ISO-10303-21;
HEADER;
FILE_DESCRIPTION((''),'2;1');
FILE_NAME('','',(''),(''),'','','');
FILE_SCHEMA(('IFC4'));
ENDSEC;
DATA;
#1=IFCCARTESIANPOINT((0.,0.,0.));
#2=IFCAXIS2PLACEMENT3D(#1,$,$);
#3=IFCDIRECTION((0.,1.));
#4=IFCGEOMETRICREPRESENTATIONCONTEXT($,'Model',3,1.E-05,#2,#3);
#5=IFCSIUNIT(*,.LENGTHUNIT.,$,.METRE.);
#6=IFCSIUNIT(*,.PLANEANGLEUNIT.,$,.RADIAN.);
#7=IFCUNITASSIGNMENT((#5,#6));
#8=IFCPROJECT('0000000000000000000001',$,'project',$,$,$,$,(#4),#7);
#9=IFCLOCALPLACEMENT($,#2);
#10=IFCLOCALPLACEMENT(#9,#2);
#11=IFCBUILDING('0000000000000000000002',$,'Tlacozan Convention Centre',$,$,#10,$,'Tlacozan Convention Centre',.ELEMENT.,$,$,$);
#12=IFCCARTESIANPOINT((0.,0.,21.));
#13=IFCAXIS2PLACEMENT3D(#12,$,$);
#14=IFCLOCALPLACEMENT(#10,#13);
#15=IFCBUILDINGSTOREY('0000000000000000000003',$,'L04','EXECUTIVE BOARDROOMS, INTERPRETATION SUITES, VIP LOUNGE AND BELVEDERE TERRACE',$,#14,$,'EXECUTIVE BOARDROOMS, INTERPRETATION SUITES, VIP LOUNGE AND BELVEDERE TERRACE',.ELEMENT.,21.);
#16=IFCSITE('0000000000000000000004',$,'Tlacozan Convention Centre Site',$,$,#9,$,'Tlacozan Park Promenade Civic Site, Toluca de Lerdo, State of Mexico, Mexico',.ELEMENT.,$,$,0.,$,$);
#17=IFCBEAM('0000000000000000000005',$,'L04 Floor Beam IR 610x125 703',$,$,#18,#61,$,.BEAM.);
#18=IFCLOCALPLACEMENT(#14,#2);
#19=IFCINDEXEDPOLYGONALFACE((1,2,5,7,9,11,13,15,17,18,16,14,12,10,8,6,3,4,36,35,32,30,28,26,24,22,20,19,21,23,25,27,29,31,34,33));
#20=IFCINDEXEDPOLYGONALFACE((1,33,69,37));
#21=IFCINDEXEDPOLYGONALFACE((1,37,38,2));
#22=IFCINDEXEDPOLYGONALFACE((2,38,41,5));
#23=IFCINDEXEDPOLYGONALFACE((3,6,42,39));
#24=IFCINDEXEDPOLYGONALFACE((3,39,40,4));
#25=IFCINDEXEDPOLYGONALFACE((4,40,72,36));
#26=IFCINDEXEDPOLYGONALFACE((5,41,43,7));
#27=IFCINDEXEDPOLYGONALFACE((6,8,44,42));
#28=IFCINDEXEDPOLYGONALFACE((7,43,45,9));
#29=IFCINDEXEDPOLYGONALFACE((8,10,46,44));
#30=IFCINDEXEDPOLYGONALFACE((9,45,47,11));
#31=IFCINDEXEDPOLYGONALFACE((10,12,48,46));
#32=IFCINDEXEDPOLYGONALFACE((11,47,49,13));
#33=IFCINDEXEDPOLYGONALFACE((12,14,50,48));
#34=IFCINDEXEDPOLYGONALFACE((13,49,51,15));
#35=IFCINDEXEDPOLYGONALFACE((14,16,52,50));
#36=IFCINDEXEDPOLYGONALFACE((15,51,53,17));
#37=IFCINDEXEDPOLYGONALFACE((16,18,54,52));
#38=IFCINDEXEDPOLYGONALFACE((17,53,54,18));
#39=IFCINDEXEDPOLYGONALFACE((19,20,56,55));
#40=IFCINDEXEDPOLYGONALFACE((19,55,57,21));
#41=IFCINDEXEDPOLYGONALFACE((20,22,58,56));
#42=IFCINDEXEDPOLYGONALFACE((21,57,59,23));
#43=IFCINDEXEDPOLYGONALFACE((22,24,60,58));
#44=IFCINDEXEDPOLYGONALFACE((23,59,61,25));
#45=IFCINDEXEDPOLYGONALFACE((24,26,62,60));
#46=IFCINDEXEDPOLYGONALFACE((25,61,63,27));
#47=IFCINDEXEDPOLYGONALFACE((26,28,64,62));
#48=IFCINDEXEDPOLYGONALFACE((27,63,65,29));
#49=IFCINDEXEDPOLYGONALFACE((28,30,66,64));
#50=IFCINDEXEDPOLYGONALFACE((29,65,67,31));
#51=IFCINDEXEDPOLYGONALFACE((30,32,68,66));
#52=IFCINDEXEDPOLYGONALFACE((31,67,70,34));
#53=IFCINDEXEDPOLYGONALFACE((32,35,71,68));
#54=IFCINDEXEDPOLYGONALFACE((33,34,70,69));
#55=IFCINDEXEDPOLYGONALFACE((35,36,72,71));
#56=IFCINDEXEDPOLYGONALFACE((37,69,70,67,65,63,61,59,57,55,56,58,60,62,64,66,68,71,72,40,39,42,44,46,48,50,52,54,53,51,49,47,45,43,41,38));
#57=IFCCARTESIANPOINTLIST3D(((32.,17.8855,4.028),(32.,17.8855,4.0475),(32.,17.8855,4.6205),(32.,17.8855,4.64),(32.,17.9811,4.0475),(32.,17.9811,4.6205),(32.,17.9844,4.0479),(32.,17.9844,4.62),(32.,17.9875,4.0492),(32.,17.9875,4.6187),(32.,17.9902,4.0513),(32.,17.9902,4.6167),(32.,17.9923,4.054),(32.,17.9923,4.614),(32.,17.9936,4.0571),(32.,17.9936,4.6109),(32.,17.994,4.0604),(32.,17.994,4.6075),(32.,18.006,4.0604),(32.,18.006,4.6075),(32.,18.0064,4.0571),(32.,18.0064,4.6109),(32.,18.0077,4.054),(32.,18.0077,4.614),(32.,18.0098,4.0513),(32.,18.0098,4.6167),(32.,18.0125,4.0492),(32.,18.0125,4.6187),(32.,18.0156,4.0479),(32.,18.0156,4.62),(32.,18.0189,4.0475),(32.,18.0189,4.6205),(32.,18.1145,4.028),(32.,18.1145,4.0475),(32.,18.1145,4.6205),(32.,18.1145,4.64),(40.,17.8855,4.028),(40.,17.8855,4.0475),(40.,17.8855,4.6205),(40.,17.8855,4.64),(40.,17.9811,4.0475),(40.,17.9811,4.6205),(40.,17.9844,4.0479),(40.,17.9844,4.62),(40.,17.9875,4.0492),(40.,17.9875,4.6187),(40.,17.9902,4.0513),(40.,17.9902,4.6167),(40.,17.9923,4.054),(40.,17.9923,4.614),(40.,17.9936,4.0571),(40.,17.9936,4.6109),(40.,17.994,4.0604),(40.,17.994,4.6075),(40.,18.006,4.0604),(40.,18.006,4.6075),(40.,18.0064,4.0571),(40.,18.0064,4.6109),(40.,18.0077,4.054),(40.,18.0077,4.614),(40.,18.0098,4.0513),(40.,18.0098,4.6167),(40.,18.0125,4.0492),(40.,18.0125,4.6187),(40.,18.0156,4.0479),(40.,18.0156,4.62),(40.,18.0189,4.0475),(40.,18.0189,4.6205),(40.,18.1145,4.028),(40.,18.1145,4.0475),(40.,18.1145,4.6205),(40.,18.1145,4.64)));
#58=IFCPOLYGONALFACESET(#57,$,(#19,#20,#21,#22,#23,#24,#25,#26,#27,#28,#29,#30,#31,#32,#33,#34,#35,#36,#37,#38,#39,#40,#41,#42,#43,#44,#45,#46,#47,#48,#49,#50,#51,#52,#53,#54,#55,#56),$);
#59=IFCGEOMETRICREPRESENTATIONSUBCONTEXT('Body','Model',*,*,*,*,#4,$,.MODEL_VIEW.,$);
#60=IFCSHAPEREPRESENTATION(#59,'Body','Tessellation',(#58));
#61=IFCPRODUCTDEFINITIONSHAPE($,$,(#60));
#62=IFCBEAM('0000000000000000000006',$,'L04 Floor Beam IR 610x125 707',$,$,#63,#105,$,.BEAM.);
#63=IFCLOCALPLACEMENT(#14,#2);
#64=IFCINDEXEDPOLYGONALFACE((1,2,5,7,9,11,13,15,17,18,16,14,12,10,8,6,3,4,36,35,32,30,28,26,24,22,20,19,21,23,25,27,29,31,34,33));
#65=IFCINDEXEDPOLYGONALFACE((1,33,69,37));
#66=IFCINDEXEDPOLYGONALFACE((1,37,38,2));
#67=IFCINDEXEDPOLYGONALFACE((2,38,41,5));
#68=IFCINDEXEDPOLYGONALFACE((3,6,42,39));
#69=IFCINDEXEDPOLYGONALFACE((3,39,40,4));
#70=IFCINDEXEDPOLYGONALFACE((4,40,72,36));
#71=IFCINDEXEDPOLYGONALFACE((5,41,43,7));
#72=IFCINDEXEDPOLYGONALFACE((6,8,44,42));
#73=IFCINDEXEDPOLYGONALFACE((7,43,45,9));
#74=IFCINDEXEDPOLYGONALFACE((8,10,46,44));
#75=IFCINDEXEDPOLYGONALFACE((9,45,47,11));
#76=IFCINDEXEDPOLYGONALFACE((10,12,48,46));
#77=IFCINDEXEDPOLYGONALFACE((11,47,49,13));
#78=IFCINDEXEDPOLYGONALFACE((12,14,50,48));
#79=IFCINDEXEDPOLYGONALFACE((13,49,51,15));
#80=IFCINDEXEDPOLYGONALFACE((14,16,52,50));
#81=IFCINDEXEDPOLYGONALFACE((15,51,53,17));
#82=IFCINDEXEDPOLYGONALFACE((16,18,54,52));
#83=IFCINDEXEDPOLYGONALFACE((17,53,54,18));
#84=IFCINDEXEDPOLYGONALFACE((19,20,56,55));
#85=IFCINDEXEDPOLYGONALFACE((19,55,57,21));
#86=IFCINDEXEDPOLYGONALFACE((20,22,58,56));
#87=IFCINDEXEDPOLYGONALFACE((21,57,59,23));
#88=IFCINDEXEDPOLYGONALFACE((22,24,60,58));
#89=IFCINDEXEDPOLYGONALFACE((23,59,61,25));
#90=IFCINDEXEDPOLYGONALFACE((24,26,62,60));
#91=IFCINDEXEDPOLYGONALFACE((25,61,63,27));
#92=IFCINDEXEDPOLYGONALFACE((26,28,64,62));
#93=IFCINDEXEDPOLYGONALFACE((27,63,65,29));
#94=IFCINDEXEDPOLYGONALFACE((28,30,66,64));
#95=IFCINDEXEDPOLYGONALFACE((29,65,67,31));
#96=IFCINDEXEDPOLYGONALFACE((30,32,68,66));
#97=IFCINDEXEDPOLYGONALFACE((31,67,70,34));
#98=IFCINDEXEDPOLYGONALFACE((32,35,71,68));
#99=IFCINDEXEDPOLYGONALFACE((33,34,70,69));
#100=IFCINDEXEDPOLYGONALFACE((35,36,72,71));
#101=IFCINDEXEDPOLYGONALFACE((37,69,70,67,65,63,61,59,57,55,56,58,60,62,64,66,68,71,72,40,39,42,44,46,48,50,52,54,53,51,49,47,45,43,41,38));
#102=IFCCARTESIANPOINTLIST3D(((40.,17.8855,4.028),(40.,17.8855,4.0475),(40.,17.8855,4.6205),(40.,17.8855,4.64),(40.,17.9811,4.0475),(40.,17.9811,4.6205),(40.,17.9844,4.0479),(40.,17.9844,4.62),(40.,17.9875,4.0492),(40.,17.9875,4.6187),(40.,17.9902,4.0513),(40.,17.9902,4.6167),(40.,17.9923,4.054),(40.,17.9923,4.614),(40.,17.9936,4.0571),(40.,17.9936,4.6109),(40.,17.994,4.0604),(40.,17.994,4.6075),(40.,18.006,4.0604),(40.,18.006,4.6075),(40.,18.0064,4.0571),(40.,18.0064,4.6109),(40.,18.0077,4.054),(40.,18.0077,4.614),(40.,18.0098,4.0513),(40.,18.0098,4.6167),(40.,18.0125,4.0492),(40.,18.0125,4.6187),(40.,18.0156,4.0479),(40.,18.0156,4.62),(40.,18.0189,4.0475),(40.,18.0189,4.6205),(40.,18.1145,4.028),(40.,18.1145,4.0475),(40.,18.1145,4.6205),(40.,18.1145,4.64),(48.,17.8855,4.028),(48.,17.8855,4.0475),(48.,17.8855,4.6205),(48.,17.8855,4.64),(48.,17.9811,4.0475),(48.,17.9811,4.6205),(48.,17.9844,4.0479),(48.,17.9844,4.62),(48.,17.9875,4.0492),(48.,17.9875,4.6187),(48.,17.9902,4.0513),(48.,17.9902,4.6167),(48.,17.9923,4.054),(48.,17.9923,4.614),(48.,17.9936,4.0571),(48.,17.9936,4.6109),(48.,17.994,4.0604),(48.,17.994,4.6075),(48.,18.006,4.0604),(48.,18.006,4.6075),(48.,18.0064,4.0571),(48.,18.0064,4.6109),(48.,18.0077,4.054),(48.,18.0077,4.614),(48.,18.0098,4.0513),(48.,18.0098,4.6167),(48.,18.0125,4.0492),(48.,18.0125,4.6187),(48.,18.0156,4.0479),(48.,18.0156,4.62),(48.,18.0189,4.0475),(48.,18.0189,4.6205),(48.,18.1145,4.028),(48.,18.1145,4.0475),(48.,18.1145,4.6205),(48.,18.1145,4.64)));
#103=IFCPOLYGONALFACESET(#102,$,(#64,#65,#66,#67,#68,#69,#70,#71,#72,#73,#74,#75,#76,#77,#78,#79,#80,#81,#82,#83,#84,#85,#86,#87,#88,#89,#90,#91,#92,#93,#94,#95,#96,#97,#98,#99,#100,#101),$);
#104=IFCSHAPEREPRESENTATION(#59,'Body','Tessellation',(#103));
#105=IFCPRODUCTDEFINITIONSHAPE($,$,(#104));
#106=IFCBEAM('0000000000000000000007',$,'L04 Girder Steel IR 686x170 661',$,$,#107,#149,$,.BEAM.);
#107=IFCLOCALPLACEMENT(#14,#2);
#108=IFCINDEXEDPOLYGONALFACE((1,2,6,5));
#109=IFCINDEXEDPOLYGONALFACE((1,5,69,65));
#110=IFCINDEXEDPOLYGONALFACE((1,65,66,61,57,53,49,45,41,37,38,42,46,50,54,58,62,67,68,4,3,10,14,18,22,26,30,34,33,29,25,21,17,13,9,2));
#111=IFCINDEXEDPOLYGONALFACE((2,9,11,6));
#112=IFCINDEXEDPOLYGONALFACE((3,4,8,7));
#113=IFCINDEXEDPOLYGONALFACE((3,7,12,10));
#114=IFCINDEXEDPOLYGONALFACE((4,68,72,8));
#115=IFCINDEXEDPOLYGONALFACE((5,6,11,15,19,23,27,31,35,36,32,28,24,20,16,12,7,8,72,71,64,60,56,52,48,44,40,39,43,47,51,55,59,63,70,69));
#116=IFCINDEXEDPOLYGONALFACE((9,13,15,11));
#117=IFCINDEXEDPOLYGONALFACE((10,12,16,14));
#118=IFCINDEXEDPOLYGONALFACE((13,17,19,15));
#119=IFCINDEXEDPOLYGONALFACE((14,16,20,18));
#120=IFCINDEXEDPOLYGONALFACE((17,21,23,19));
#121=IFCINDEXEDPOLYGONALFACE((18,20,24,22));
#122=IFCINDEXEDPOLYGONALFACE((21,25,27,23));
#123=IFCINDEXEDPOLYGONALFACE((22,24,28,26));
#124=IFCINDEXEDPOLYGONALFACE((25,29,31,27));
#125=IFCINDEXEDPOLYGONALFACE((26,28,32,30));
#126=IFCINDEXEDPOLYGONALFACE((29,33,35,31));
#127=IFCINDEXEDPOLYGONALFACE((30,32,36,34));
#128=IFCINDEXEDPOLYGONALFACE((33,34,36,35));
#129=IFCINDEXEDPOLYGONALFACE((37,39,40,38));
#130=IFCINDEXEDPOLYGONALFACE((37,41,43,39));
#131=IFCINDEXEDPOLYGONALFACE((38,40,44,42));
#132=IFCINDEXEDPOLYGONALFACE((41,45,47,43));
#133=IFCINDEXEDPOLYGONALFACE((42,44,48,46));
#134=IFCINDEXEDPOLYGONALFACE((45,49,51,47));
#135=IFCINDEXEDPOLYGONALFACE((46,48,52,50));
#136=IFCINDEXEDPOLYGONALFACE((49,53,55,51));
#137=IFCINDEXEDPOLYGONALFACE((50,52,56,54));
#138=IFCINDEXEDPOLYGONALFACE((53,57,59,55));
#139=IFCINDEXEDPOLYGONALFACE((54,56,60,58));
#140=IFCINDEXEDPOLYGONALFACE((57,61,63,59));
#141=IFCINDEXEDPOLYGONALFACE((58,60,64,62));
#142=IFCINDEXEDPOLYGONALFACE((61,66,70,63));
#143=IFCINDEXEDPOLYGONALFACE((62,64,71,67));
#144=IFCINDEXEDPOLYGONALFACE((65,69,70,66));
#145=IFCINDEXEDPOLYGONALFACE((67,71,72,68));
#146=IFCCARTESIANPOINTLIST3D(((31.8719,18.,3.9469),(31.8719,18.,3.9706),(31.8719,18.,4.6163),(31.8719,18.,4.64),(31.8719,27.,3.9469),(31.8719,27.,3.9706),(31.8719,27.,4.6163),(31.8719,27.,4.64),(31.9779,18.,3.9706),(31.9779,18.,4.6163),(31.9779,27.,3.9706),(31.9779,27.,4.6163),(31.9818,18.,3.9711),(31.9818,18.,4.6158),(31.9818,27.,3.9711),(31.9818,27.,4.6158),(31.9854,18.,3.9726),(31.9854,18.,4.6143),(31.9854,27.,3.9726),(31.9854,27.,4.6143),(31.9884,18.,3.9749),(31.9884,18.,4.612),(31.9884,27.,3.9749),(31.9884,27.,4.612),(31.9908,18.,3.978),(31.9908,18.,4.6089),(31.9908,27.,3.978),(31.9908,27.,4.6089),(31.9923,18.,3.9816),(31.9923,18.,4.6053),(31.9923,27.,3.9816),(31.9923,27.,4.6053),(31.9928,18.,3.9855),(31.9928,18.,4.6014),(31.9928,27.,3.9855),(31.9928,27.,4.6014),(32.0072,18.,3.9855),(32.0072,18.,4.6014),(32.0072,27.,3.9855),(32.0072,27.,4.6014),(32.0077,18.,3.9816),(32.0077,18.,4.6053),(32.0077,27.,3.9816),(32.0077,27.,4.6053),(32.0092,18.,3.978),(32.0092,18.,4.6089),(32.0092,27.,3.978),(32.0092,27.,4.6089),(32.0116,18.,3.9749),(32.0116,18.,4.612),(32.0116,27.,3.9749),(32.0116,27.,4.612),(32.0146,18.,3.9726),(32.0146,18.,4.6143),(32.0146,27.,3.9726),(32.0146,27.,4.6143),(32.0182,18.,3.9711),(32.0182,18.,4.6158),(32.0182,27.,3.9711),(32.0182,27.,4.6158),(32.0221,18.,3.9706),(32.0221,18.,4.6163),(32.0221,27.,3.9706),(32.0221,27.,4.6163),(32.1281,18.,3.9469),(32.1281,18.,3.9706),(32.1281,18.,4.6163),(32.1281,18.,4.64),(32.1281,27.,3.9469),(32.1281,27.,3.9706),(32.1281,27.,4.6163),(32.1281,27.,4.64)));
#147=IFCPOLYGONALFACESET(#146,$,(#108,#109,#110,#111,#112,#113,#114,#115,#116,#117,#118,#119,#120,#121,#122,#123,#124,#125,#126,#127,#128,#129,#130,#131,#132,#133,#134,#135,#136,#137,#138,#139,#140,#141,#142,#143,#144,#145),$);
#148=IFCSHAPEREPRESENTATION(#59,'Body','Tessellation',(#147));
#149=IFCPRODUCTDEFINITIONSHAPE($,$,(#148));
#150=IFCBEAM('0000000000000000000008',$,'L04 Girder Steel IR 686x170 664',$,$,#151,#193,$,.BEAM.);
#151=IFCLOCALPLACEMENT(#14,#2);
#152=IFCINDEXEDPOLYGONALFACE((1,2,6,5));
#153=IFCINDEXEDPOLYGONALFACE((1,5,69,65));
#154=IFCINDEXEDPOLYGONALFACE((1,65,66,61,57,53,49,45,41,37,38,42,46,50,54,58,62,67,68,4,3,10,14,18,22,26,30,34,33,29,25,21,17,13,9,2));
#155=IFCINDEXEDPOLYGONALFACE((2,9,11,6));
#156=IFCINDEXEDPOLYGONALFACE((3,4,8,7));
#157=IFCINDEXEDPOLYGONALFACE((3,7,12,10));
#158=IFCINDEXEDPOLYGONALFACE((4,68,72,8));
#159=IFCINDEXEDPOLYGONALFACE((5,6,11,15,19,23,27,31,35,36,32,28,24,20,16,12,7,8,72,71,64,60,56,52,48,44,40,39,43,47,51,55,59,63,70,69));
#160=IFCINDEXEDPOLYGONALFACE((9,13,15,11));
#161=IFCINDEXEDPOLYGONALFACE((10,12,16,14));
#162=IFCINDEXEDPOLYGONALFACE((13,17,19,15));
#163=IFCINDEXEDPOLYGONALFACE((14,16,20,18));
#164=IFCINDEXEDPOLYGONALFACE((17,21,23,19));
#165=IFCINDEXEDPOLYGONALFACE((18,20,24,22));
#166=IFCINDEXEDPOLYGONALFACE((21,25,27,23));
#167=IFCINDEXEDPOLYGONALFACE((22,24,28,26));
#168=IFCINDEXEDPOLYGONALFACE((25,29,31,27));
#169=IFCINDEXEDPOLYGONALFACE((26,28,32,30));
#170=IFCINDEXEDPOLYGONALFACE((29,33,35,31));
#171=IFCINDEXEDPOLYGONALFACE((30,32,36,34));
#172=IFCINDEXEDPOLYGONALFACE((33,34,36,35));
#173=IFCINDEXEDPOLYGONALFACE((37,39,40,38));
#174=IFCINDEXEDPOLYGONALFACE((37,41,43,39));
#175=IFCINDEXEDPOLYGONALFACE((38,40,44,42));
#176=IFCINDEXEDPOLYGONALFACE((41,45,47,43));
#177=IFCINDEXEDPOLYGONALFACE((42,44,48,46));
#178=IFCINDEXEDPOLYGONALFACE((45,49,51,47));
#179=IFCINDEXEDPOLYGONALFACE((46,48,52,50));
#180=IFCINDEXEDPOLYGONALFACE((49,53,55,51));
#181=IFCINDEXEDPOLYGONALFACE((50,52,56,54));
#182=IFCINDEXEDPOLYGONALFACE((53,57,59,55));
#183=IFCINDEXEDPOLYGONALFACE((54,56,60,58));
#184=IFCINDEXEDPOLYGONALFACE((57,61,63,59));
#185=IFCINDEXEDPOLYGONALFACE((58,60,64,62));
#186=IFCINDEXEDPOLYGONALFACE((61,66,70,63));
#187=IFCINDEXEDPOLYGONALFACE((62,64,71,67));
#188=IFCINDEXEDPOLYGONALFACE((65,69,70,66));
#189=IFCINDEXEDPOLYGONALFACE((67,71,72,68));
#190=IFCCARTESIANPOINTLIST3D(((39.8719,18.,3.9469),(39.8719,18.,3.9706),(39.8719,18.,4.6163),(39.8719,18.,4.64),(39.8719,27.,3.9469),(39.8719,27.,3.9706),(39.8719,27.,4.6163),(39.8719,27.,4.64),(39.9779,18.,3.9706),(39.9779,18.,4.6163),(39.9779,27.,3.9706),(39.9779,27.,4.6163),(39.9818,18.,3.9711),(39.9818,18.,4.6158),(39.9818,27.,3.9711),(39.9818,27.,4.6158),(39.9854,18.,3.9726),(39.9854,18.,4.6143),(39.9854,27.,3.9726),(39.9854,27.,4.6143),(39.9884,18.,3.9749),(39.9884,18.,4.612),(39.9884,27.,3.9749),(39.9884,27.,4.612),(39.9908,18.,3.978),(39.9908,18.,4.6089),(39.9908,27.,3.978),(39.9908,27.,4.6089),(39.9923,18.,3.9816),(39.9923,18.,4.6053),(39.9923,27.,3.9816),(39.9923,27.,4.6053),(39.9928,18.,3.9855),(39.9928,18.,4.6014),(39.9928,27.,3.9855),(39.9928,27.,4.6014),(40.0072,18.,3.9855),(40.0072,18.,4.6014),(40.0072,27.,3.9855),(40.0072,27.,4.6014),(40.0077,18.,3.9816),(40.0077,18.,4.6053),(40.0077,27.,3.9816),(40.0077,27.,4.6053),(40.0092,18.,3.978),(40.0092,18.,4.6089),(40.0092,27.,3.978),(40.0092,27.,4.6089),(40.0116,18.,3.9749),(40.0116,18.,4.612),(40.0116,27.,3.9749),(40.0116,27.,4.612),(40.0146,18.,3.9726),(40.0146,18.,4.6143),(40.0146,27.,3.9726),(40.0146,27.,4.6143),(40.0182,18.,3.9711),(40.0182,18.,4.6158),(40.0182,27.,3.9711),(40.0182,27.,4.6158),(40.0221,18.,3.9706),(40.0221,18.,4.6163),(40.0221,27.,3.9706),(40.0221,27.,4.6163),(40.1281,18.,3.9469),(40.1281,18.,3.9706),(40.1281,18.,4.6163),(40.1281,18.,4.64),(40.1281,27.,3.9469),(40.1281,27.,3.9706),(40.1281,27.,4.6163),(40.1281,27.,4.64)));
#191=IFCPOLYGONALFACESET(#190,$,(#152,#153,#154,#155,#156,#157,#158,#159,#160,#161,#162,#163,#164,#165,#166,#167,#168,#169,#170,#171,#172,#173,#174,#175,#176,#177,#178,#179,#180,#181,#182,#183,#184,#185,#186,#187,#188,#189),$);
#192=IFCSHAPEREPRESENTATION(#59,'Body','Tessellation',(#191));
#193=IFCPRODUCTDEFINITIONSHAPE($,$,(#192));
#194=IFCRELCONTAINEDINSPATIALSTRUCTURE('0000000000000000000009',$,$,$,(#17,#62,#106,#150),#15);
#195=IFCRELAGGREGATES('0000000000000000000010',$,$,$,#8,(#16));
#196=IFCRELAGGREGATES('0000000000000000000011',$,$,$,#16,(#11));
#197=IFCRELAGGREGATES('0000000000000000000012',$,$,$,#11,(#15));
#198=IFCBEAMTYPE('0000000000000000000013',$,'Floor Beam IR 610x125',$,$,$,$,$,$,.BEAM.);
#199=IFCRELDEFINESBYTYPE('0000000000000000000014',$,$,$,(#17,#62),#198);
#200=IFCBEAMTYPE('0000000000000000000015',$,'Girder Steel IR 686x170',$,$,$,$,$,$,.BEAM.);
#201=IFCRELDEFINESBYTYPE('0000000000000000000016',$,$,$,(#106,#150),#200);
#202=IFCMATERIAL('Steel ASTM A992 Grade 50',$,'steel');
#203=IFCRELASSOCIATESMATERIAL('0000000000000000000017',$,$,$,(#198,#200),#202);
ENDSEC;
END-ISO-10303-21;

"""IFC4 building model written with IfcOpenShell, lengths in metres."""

from ifc_helpers import new_model, si_unit, direction, frame, origin, origin_2d, place, context, subcontext, project, spatial, i_section, extrude, material, material_profile, profile_set, type_object, element, save


model = new_model("IFC4")

# Units and contexts
model_context = context("Model", 3, precision=1e-05, world=origin(), true_north=direction((0.0, 1.0)))
body_context = subcontext(model_context, "Body", "Model", "MODEL_VIEW")
ifc_project = project(units=[si_unit("LENGTHUNIT", "METRE"), si_unit("PLANEANGLEUNIT", "RADIAN")], contexts=[model_context])

# Site, building, storey
site_placement = place(None, origin())
site = spatial("IfcSite", under=ifc_project, at=site_placement, Name="Tlacozan Convention Centre Site", LongName="Tlacozan Park Promenade Civic Site, Toluca de Lerdo, State of Mexico, Mexico", CompositionType="ELEMENT", RefElevation=0.0)
building_placement = place(site_placement, origin())
building = spatial("IfcBuilding", under=site, at=building_placement, Name="Tlacozan Convention Centre", LongName="Tlacozan Convention Centre", CompositionType="ELEMENT")
storey_placement = place(building_placement, frame((0.0, 0.0, 21.0)))
storey = spatial("IfcBuildingStorey", under=building, at=storey_placement, Name="L04", Description="EXECUTIVE BOARDROOMS, INTERPRETATION SUITES, VIP LOUNGE AND BELVEDERE TERRACE", LongName="EXECUTIVE BOARDROOMS, INTERPRETATION SUITES, VIP LOUNGE AND BELVEDERE TERRACE", CompositionType="ELEMENT", Elevation=21.0)

# Beams
ifc_material_1 = material(Name="Steel ASTM A992 Grade 50", Category="steel")
ifc_material_profile_1 = material_profile(ifc_material_1, i_section(OverallWidth=0.229, OverallDepth=0.6121, WebThickness=0.012, FlangeThickness=0.0195, FilletRadius=0.0129, at=origin_2d()), Name="IR 610x125.0")
ifc_profile_set_1 = profile_set([ifc_material_profile_1], Name="Steel ASTM A992 Grade 50")
beam_type_1 = type_object("IfcBeamType", Name="Floor Beam IR 610x125", PredefinedType="BEAM", material=ifc_profile_set_1)
for number, where, z_axis, x_axis, name in (
    (1, (32.0, 18.0, 4.334), (1.0, 0.0, 0.0), (0.0, 1.0, 0.0), "L04 Floor Beam IR 610x125 703"),
    (2, (40.0, 18.0, 4.334), (1.0, 0.0, 0.0), (0.0, 1.0, 0.0), "L04 Floor Beam IR 610x125 707"),
):
    element("IfcBeam", number, at=place(storey_placement, frame(where, z_axis=z_axis, x_axis=x_axis)), inside=storey, type_object=beam_type_1, Name=name, PredefinedType="BEAM", context=body_context, shape_type="SweptSolid", body=[
        extrude(i_section(OverallWidth=0.229, OverallDepth=0.6121, WebThickness=0.012, FlangeThickness=0.0195, FilletRadius=0.0129, at=origin_2d()), origin(), (0.0, 0.0, 1.0), 8.0),
    ])
ifc_material_profile_2 = material_profile(ifc_material_1, i_section(OverallWidth=0.2561, OverallDepth=0.6931, WebThickness=0.0144, FlangeThickness=0.0237, FilletRadius=0.0149, at=origin_2d()), Name="IR 686x170.0")
ifc_profile_set_2 = profile_set([ifc_material_profile_2], Name="Steel ASTM A992 Grade 50")
beam_type_2 = type_object("IfcBeamType", Name="Girder Steel IR 686x170", PredefinedType="BEAM", material=ifc_profile_set_2)
for number, where, z_axis, x_axis, name in (
    (3, (32.0, 18.0, 4.2935), (0.0, 1.0, 0.0), (-1.0, 0.0, 0.0), "L04 Girder Steel IR 686x170 661"),
    (4, (40.0, 18.0, 4.2935), (0.0, 1.0, 0.0), (-1.0, 0.0, 0.0), "L04 Girder Steel IR 686x170 664"),
):
    element("IfcBeam", number, at=place(storey_placement, frame(where, z_axis=z_axis, x_axis=x_axis)), inside=storey, type_object=beam_type_2, Name=name, PredefinedType="BEAM", context=body_context, shape_type="SweptSolid", body=[
        extrude(i_section(OverallWidth=0.2561, OverallDepth=0.6931, WebThickness=0.0144, FlangeThickness=0.0237, FilletRadius=0.0149, at=origin_2d()), origin(), (0.0, 0.0, 1.0), 9.0),
    ])

save(model, "model.ifc")
